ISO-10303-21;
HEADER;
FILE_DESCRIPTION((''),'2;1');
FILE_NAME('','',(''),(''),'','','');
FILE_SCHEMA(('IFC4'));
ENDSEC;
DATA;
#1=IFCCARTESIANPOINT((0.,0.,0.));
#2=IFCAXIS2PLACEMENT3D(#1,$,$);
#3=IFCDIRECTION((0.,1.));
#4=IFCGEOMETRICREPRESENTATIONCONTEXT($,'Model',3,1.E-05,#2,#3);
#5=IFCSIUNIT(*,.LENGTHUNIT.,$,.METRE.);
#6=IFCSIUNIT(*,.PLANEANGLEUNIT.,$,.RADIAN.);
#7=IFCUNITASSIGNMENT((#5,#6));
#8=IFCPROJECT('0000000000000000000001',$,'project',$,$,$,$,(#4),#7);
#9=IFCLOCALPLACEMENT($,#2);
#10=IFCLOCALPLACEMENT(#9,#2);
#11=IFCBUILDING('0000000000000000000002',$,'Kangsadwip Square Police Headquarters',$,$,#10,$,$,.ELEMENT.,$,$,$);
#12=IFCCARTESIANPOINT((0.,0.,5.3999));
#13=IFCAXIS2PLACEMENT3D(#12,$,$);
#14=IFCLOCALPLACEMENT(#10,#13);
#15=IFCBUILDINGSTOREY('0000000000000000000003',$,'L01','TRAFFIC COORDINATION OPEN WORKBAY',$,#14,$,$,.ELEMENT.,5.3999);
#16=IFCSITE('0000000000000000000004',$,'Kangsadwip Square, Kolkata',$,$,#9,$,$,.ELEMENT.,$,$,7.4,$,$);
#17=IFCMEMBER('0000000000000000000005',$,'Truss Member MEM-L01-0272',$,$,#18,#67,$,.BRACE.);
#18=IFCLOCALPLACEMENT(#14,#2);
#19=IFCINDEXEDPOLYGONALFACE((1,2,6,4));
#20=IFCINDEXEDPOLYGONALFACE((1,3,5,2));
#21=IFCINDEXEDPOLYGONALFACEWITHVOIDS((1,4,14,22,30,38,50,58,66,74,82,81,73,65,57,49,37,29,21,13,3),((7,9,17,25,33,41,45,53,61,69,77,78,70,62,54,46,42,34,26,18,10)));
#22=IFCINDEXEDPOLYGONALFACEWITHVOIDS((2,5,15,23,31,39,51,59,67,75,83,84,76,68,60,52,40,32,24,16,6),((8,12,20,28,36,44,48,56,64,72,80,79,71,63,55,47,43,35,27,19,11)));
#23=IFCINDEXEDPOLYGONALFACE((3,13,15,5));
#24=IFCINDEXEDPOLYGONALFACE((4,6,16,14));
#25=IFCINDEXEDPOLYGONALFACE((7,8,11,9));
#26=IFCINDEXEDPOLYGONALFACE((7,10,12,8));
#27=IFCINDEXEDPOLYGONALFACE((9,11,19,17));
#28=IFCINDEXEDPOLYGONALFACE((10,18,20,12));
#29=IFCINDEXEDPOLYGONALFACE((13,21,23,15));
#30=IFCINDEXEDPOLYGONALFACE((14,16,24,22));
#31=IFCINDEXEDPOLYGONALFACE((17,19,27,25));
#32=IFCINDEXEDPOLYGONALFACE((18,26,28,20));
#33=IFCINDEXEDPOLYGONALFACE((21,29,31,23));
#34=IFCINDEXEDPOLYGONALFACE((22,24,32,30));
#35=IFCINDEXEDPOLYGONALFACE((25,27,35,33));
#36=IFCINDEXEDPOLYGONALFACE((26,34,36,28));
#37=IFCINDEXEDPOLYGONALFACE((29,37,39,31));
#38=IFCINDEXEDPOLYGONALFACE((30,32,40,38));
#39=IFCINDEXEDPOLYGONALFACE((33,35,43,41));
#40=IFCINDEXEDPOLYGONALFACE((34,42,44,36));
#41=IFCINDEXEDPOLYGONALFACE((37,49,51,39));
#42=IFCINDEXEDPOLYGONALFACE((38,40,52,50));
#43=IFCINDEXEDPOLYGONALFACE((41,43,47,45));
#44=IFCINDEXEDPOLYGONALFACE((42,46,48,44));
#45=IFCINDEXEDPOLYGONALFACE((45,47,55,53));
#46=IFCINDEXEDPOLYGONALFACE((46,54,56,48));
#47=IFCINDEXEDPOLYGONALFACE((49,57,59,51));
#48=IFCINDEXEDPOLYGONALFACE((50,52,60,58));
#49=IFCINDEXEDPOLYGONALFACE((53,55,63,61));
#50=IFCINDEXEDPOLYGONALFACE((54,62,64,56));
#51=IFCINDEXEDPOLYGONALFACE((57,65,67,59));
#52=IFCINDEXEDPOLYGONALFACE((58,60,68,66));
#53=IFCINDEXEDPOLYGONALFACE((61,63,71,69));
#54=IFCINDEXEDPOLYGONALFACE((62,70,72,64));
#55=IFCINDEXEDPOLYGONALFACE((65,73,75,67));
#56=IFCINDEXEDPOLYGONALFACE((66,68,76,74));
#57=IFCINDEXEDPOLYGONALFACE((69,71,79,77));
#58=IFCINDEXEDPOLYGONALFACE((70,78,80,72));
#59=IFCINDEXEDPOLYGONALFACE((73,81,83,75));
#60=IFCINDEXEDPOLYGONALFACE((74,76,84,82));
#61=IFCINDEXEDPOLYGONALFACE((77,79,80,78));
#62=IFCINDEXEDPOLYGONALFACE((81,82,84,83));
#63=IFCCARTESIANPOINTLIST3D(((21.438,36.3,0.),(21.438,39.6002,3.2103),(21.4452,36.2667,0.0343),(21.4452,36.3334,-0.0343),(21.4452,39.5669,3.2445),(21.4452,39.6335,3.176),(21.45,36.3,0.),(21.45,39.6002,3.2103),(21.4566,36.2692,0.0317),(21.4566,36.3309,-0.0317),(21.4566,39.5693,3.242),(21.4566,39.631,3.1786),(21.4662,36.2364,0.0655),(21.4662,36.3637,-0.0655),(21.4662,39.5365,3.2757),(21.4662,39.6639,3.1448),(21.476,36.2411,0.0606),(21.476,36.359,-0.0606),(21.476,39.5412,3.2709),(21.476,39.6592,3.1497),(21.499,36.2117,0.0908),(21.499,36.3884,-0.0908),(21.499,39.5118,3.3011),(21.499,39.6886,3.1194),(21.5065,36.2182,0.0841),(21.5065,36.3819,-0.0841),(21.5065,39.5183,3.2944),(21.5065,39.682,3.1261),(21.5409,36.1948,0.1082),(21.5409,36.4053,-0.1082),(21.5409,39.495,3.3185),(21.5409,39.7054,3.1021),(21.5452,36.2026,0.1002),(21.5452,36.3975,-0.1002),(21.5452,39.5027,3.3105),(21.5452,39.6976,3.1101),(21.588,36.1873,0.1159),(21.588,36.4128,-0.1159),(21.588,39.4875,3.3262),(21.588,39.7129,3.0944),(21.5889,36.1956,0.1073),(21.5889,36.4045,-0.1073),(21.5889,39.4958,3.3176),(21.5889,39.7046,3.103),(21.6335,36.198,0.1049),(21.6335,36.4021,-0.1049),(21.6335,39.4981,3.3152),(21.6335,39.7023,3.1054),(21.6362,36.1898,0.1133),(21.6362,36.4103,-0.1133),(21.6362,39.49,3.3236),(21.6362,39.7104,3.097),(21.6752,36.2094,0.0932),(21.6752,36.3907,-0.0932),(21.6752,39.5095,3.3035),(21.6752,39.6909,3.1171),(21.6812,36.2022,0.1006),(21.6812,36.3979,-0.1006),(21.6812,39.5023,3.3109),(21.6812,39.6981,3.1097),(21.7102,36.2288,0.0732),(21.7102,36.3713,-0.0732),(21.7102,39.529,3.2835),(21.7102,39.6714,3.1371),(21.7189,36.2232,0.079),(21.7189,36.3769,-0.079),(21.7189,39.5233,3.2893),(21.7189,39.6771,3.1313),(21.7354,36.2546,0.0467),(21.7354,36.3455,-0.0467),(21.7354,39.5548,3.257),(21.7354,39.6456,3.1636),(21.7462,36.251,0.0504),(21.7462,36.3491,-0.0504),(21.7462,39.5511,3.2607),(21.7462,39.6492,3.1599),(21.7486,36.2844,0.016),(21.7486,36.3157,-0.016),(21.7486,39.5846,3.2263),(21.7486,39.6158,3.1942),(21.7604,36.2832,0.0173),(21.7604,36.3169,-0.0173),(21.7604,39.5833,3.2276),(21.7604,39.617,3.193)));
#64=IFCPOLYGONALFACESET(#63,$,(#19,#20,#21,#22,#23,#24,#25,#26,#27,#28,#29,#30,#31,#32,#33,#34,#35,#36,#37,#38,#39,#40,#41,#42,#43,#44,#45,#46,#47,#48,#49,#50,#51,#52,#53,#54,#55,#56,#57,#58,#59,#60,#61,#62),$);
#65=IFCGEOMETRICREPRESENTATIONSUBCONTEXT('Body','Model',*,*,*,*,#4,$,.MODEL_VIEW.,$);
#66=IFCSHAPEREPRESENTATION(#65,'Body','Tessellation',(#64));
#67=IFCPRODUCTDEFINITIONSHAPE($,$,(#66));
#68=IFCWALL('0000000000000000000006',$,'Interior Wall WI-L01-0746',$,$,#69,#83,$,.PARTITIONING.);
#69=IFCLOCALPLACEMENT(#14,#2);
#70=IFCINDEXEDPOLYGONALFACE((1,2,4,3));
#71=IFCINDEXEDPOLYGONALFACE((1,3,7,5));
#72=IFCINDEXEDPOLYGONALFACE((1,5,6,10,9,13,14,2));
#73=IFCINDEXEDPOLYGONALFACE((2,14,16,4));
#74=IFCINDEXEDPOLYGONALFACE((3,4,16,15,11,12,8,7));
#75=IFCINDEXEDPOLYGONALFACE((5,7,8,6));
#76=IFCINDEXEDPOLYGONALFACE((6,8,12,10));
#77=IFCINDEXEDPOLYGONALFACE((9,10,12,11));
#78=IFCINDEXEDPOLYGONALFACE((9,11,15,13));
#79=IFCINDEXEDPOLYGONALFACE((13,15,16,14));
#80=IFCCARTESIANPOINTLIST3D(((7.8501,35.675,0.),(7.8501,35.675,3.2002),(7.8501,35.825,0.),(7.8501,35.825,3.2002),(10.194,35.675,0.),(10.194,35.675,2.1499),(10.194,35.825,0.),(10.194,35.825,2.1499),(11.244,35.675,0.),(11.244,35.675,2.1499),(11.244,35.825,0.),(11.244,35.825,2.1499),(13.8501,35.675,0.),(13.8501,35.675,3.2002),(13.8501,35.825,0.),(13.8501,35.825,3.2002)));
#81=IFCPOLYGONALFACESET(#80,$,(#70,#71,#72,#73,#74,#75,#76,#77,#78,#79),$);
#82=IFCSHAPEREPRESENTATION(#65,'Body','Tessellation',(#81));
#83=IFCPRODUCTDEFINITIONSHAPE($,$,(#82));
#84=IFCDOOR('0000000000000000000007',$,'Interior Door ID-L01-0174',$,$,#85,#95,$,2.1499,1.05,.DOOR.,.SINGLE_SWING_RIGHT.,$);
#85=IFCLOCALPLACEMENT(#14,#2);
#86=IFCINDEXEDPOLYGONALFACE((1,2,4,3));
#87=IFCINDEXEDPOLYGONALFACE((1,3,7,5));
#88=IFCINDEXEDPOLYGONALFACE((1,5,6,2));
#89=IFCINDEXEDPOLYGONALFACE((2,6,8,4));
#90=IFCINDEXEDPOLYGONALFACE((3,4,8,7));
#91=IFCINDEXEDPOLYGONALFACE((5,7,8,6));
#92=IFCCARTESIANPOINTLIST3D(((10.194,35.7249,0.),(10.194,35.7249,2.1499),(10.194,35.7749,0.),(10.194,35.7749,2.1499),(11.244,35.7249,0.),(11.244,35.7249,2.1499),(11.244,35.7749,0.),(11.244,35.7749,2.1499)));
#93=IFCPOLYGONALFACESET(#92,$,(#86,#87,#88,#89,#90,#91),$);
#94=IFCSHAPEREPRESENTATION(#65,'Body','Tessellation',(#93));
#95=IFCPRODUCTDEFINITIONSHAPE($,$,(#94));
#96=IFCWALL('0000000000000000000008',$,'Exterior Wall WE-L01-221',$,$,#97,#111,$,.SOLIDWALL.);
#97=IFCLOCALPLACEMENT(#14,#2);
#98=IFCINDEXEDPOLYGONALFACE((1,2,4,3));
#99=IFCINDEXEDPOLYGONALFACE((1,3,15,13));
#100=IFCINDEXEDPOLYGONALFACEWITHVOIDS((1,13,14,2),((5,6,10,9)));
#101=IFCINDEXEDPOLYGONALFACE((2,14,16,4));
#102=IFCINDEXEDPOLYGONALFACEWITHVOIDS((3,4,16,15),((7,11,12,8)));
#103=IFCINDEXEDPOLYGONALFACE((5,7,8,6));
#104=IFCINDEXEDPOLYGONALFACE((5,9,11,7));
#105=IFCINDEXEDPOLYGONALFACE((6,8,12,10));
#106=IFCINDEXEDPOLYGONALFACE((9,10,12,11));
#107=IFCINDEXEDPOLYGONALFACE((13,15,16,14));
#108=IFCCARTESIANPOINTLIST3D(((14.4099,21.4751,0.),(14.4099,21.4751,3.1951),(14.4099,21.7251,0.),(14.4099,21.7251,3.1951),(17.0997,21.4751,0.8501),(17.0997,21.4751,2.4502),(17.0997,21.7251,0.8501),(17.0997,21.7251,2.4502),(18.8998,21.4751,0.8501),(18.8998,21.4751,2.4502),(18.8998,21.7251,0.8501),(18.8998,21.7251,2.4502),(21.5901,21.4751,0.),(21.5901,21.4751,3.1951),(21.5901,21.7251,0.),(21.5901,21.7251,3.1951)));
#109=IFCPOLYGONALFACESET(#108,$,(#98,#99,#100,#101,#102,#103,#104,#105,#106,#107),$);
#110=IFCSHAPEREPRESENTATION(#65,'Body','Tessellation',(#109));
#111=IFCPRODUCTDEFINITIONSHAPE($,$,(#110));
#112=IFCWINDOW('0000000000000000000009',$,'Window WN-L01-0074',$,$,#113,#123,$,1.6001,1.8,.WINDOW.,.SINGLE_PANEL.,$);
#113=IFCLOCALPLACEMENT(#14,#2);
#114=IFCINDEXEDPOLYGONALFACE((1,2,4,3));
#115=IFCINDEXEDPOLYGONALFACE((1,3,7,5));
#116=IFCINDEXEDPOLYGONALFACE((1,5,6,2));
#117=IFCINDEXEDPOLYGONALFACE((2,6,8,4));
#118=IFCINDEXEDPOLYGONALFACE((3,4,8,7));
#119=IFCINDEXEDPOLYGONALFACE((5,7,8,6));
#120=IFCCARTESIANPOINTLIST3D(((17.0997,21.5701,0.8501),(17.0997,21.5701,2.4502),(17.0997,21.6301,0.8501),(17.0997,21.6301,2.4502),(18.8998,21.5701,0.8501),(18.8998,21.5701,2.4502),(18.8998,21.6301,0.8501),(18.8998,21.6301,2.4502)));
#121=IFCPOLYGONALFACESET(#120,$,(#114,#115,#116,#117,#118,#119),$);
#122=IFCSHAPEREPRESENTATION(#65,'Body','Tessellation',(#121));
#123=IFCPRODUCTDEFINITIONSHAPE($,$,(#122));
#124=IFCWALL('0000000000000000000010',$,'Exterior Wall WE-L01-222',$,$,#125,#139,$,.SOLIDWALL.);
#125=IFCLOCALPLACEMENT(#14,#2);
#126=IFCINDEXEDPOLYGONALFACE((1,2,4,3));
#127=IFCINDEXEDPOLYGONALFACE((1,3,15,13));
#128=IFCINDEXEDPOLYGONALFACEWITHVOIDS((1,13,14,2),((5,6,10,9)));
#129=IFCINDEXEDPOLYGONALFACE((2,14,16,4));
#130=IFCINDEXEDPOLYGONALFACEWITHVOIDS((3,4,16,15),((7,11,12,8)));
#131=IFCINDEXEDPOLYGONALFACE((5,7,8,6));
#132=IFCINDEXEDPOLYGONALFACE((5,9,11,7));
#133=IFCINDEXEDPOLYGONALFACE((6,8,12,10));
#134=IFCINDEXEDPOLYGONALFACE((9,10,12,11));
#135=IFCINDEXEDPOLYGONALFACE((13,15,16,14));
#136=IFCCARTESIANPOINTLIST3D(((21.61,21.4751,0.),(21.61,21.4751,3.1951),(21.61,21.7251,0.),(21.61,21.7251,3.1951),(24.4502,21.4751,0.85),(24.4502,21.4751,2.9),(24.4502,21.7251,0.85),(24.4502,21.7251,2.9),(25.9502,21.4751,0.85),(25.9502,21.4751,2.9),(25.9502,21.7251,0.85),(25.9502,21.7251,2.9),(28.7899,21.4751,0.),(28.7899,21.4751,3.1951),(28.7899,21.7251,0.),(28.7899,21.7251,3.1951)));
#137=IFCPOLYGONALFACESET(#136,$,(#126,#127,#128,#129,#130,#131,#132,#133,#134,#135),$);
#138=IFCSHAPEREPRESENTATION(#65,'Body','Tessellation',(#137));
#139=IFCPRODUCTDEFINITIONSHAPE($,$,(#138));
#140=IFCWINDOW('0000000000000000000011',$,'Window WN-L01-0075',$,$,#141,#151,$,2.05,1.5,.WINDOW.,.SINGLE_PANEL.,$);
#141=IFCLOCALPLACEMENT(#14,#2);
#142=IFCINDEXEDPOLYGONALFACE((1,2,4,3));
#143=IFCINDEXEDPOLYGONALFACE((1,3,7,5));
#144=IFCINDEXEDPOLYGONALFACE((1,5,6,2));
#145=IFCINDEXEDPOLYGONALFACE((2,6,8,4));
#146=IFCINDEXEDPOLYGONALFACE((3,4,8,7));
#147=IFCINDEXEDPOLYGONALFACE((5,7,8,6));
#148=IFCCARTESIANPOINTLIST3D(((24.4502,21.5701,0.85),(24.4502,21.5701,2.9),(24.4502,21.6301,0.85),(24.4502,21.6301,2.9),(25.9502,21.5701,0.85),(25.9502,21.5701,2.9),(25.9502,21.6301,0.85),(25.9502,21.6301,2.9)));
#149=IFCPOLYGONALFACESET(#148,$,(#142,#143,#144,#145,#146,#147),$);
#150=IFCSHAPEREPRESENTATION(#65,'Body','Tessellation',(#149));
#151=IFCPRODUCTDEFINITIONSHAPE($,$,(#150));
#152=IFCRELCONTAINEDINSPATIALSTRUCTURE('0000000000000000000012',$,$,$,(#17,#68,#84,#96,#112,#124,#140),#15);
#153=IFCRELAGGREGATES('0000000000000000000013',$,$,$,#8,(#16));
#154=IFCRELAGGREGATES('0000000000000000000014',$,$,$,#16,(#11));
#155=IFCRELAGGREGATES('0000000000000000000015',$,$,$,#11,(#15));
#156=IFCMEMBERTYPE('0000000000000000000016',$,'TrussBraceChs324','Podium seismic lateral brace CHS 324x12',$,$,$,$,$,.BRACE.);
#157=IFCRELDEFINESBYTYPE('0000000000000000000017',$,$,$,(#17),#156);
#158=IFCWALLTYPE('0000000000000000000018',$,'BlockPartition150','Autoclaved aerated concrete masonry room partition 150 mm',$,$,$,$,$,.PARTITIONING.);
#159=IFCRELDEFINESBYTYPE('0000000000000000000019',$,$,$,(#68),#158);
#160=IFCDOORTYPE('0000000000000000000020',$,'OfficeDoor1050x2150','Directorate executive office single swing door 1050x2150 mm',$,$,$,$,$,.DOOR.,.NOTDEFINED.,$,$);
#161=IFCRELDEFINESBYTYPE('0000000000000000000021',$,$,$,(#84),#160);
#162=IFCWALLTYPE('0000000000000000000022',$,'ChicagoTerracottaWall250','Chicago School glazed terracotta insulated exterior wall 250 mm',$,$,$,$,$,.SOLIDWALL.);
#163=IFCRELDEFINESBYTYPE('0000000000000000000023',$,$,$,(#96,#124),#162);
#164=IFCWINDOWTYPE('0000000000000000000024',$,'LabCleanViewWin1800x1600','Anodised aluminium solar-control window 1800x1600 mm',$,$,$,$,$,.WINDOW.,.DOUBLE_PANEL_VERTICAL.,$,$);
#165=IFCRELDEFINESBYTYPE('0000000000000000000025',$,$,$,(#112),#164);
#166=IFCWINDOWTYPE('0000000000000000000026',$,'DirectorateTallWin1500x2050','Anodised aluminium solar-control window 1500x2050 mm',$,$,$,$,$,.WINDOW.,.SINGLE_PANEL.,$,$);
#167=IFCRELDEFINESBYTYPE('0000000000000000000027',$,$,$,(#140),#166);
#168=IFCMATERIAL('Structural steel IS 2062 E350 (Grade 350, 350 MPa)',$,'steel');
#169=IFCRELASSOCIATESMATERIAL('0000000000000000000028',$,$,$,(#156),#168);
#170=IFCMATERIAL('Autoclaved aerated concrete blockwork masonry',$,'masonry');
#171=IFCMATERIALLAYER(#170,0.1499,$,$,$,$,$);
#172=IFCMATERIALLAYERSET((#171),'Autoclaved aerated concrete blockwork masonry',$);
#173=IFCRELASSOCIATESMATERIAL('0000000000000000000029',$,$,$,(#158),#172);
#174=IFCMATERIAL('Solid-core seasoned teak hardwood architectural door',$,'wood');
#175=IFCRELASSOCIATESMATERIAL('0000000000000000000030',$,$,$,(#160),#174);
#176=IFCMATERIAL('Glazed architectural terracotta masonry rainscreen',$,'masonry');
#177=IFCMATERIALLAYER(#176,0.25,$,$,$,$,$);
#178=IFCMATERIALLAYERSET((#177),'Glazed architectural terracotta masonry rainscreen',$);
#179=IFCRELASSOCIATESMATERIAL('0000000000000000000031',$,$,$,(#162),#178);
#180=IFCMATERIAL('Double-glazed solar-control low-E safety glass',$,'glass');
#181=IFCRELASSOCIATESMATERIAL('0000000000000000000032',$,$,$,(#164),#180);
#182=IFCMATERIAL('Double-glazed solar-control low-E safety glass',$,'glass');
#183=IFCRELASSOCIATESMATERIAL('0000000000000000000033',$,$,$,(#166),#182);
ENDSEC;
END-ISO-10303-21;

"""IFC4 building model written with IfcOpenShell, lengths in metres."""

from ifc_helpers import new_model, si_unit, direction, frame, frame_2d, origin, origin_2d, place, context, subcontext, project, spatial, rectangle, hollow_circle, extrude, material, layer, layer_set, material_profile, profile_set, type_object, element, fill, save


model = new_model("IFC4")

# Units and contexts
model_context = context("Model", 3, precision=1e-05, world=origin(), true_north=direction((0.0, 1.0)))
body_context = subcontext(model_context, "Body", "Model", "MODEL_VIEW")
ifc_project = project(units=[si_unit("LENGTHUNIT", "METRE"), si_unit("PLANEANGLEUNIT", "RADIAN")], contexts=[model_context])

# Site, building, storey
site_placement = place(None, origin())
site = spatial("IfcSite", under=ifc_project, at=site_placement, Name="Kangsadwip Square, Kolkata", CompositionType="ELEMENT", RefElevation=7.4)
building_placement = place(site_placement, origin())
building = spatial("IfcBuilding", under=site, at=building_placement, Name="Kangsadwip Square Police Headquarters", CompositionType="ELEMENT")
storey_placement = place(building_placement, frame((0.0, 0.0, 5.3999)))
storey = spatial("IfcBuildingStorey", under=building, at=storey_placement, Name="L01", Description="TRAFFIC COORDINATION OPEN WORKBAY", CompositionType="ELEMENT", Elevation=5.3999)

# Member
ifc_material_1 = material(Name="Structural steel IS 2062 E350 (Grade 350, 350 MPa)", Category="steel")
ifc_material_profile_1 = material_profile(ifc_material_1, hollow_circle(Radius=0.1621, WallThickness=0.012, at=origin_2d()), Name="CHS 324X12")
ifc_profile_set_1 = profile_set([ifc_material_profile_1], Name="Structural steel IS 2062 E350 (Grade 350, 350 MPa)")
member_type = type_object("IfcMemberType", Name="TrussBraceChs324", Description="Podium seismic lateral brace CHS 324x12", PredefinedType="BRACE", material=ifc_profile_set_1)
member_placement = place(storey_placement, frame((21.6001, 36.3, 0.0), z_axis=(0.0, 0.716797, 0.697282), x_axis=(-1.0, 0.0, 0.0)))
element("IfcMember", 1, at=member_placement, inside=storey, type_object=member_type, Name="Truss Member MEM-L01-0272", PredefinedType="BRACE", context=body_context, shape_type="SweptSolid", body=[
    extrude(hollow_circle(Radius=0.1621, WallThickness=0.012, at=origin_2d()), origin(), (0.0, 0.0, 1.0), 4.604),
])

# Wall, opening, door
ifc_material_2 = material(Name="Autoclaved aerated concrete blockwork masonry", Category="masonry")
ifc_layer_1 = layer(ifc_material_2, 0.1499)
ifc_layer_set_1 = layer_set([ifc_layer_1], Name="Autoclaved aerated concrete blockwork masonry")
wall_type_1 = type_object("IfcWallType", Name="BlockPartition150", Description="Autoclaved aerated concrete masonry room partition 150 mm", PredefinedType="PARTITIONING", material=ifc_layer_set_1)
wall_1_placement = place(storey_placement, frame((7.8501, 35.75, 0.0), z_axis=(0.0, 0.0, 1.0), x_axis=(1.0, 0.0, 0.0)))
wall_1 = element("IfcWall", 2, at=wall_1_placement, inside=storey, type_object=wall_type_1, Name="Interior Wall WI-L01-0746", PredefinedType="PARTITIONING", context=body_context, shape_type="SweptSolid", body=[
    extrude(rectangle(XDim=6.0, YDim=0.1499, at=frame_2d((3.0, 0.0))), origin(), (0.0, 0.0, 1.0), 3.2002),
])
opening_1_placement = place(wall_1_placement, frame((2.344, 0.0, 0.0)))
opening_1 = element("IfcOpeningElement", 3, at=opening_1_placement, cuts=wall_1, PredefinedType="OPENING", context=body_context, shape_type="SweptSolid", body=[
    extrude(rectangle(XDim=1.05, YDim=2.1499, at=frame_2d((0.5249, 1.075))), frame((0.0, 0.085, 0.0), z_axis=(0.0, -1.0, 0.0), x_axis=(1.0, 0.0, 0.0)), (0.0, 0.0, 1.0), 0.1699),
])
ifc_material_3 = material(Name="Solid-core seasoned teak hardwood architectural door", Category="wood")
door_type = type_object("IfcDoorType", Name="OfficeDoor1050x2150", Description="Directorate executive office single swing door 1050x2150 mm", OperationType="NOTDEFINED", PredefinedType="DOOR", material=ifc_material_3)
door_placement = place(opening_1_placement, origin())
door = element("IfcDoor", 4, at=door_placement, inside=storey, type_object=door_type, Name="Interior Door ID-L01-0174", OperationType="SINGLE_SWING_RIGHT", OverallHeight=2.1499, OverallWidth=1.05, PredefinedType="DOOR", context=body_context, shape_type="SweptSolid", body=[
    extrude(rectangle(XDim=1.05, YDim=2.1499, at=frame_2d((0.5249, 1.075))), frame((0.0, 0.0249, 0.0), z_axis=(0.0, -1.0, 0.0), x_axis=(1.0, 0.0, 0.0)), (0.0, 0.0, 1.0), 0.05),
])
fill(opening_1, door)

# Walls, openings, windows
ifc_material_4 = material(Name="Glazed architectural terracotta masonry rainscreen", Category="masonry")
ifc_layer_2 = layer(ifc_material_4, 0.25)
ifc_layer_set_2 = layer_set([ifc_layer_2], Name="Glazed architectural terracotta masonry rainscreen")
wall_type_2 = type_object("IfcWallType", Name="ChicagoTerracottaWall250", Description="Chicago School glazed terracotta insulated exterior wall 250 mm", PredefinedType="SOLIDWALL", material=ifc_layer_set_2)
wall_2_placement = place(storey_placement, frame((14.4099, 21.6001, 0.0), z_axis=(0.0, 0.0, 1.0), x_axis=(1.0, 0.0, 0.0)))
wall_2 = element("IfcWall", 5, at=wall_2_placement, inside=storey, type_object=wall_type_2, Name="Exterior Wall WE-L01-221", PredefinedType="SOLIDWALL", context=body_context, shape_type="SweptSolid", body=[
    extrude(rectangle(XDim=7.1802, YDim=0.25, at=frame_2d((3.5901, 0.0))), origin(), (0.0, 0.0, 1.0), 3.1951),
])
opening_2_placement = place(wall_2_placement, frame((2.6899, 0.0, 0.8501)))
opening_2 = element("IfcOpeningElement", 6, at=opening_2_placement, cuts=wall_2, PredefinedType="OPENING", context=body_context, shape_type="SweptSolid", body=[
    extrude(rectangle(XDim=1.8, YDim=1.6001, at=frame_2d((0.8999, 0.8))), frame((0.0, 0.135, 0.0), z_axis=(0.0, -1.0, 0.0), x_axis=(1.0, 0.0, 0.0)), (0.0, 0.0, 1.0), 0.27),
])
ifc_material_5 = material(Name="Double-glazed solar-control low-E safety glass", Category="glass")
window_type_1 = type_object("IfcWindowType", Name="LabCleanViewWin1800x1600", Description="Anodised aluminium solar-control window 1800x1600 mm", PartitioningType="DOUBLE_PANEL_VERTICAL", PredefinedType="WINDOW", material=ifc_material_5)
window_1_placement = place(opening_2_placement, origin())
window_1 = element("IfcWindow", 7, at=window_1_placement, inside=storey, type_object=window_type_1, Name="Window WN-L01-0074", OverallHeight=1.6001, OverallWidth=1.8, PartitioningType="SINGLE_PANEL", PredefinedType="WINDOW", context=body_context, shape_type="SweptSolid", body=[
    extrude(rectangle(XDim=1.8, YDim=1.6001, at=frame_2d((0.8999, 0.8))), frame((0.0, 0.03, 0.0), z_axis=(0.0, -1.0, 0.0), x_axis=(1.0, 0.0, 0.0)), (0.0, 0.0, 1.0), 0.0601),
])
fill(opening_2, window_1)
wall_3_placement = place(storey_placement, frame((21.6101, 21.6001, 0.0), z_axis=(0.0, 0.0, 1.0), x_axis=(1.0, 0.0, 0.0)))
wall_3 = element("IfcWall", 8, at=wall_3_placement, inside=storey, type_object=wall_type_2, Name="Exterior Wall WE-L01-222", PredefinedType="SOLIDWALL", context=body_context, shape_type="SweptSolid", body=[
    extrude(rectangle(XDim=7.1799, YDim=0.25, at=frame_2d((3.5898, 0.0))), origin(), (0.0, 0.0, 1.0), 3.1951),
])
opening_3_placement = place(wall_3_placement, frame((2.8401, 0.0, 0.8501)))
opening_3 = element("IfcOpeningElement", 9, at=opening_3_placement, cuts=wall_3, PredefinedType="OPENING", context=body_context, shape_type="SweptSolid", body=[
    extrude(rectangle(XDim=1.5, YDim=2.05, at=frame_2d((0.75, 1.0249))), frame((0.0, 0.135, 0.0), z_axis=(0.0, -1.0, 0.0), x_axis=(1.0, 0.0, 0.0)), (0.0, 0.0, 1.0), 0.27),
])
ifc_material_6 = material(Name="Double-glazed solar-control low-E safety glass", Category="glass")
window_type_2 = type_object("IfcWindowType", Name="DirectorateTallWin1500x2050", Description="Anodised aluminium solar-control window 1500x2050 mm", PartitioningType="SINGLE_PANEL", PredefinedType="WINDOW", material=ifc_material_6)
window_2_placement = place(opening_3_placement, origin())
window_2 = element("IfcWindow", 10, at=window_2_placement, inside=storey, type_object=window_type_2, Name="Window WN-L01-0075", OverallHeight=2.05, OverallWidth=1.5, PartitioningType="SINGLE_PANEL", PredefinedType="WINDOW", context=body_context, shape_type="SweptSolid", body=[
    extrude(rectangle(XDim=1.5, YDim=2.05, at=frame_2d((0.75, 1.0249))), frame((0.0, 0.03, 0.0), z_axis=(0.0, -1.0, 0.0), x_axis=(1.0, 0.0, 0.0)), (0.0, 0.0, 1.0), 0.0601),
])
fill(opening_3, window_2)

save(model, "model.ifc")
